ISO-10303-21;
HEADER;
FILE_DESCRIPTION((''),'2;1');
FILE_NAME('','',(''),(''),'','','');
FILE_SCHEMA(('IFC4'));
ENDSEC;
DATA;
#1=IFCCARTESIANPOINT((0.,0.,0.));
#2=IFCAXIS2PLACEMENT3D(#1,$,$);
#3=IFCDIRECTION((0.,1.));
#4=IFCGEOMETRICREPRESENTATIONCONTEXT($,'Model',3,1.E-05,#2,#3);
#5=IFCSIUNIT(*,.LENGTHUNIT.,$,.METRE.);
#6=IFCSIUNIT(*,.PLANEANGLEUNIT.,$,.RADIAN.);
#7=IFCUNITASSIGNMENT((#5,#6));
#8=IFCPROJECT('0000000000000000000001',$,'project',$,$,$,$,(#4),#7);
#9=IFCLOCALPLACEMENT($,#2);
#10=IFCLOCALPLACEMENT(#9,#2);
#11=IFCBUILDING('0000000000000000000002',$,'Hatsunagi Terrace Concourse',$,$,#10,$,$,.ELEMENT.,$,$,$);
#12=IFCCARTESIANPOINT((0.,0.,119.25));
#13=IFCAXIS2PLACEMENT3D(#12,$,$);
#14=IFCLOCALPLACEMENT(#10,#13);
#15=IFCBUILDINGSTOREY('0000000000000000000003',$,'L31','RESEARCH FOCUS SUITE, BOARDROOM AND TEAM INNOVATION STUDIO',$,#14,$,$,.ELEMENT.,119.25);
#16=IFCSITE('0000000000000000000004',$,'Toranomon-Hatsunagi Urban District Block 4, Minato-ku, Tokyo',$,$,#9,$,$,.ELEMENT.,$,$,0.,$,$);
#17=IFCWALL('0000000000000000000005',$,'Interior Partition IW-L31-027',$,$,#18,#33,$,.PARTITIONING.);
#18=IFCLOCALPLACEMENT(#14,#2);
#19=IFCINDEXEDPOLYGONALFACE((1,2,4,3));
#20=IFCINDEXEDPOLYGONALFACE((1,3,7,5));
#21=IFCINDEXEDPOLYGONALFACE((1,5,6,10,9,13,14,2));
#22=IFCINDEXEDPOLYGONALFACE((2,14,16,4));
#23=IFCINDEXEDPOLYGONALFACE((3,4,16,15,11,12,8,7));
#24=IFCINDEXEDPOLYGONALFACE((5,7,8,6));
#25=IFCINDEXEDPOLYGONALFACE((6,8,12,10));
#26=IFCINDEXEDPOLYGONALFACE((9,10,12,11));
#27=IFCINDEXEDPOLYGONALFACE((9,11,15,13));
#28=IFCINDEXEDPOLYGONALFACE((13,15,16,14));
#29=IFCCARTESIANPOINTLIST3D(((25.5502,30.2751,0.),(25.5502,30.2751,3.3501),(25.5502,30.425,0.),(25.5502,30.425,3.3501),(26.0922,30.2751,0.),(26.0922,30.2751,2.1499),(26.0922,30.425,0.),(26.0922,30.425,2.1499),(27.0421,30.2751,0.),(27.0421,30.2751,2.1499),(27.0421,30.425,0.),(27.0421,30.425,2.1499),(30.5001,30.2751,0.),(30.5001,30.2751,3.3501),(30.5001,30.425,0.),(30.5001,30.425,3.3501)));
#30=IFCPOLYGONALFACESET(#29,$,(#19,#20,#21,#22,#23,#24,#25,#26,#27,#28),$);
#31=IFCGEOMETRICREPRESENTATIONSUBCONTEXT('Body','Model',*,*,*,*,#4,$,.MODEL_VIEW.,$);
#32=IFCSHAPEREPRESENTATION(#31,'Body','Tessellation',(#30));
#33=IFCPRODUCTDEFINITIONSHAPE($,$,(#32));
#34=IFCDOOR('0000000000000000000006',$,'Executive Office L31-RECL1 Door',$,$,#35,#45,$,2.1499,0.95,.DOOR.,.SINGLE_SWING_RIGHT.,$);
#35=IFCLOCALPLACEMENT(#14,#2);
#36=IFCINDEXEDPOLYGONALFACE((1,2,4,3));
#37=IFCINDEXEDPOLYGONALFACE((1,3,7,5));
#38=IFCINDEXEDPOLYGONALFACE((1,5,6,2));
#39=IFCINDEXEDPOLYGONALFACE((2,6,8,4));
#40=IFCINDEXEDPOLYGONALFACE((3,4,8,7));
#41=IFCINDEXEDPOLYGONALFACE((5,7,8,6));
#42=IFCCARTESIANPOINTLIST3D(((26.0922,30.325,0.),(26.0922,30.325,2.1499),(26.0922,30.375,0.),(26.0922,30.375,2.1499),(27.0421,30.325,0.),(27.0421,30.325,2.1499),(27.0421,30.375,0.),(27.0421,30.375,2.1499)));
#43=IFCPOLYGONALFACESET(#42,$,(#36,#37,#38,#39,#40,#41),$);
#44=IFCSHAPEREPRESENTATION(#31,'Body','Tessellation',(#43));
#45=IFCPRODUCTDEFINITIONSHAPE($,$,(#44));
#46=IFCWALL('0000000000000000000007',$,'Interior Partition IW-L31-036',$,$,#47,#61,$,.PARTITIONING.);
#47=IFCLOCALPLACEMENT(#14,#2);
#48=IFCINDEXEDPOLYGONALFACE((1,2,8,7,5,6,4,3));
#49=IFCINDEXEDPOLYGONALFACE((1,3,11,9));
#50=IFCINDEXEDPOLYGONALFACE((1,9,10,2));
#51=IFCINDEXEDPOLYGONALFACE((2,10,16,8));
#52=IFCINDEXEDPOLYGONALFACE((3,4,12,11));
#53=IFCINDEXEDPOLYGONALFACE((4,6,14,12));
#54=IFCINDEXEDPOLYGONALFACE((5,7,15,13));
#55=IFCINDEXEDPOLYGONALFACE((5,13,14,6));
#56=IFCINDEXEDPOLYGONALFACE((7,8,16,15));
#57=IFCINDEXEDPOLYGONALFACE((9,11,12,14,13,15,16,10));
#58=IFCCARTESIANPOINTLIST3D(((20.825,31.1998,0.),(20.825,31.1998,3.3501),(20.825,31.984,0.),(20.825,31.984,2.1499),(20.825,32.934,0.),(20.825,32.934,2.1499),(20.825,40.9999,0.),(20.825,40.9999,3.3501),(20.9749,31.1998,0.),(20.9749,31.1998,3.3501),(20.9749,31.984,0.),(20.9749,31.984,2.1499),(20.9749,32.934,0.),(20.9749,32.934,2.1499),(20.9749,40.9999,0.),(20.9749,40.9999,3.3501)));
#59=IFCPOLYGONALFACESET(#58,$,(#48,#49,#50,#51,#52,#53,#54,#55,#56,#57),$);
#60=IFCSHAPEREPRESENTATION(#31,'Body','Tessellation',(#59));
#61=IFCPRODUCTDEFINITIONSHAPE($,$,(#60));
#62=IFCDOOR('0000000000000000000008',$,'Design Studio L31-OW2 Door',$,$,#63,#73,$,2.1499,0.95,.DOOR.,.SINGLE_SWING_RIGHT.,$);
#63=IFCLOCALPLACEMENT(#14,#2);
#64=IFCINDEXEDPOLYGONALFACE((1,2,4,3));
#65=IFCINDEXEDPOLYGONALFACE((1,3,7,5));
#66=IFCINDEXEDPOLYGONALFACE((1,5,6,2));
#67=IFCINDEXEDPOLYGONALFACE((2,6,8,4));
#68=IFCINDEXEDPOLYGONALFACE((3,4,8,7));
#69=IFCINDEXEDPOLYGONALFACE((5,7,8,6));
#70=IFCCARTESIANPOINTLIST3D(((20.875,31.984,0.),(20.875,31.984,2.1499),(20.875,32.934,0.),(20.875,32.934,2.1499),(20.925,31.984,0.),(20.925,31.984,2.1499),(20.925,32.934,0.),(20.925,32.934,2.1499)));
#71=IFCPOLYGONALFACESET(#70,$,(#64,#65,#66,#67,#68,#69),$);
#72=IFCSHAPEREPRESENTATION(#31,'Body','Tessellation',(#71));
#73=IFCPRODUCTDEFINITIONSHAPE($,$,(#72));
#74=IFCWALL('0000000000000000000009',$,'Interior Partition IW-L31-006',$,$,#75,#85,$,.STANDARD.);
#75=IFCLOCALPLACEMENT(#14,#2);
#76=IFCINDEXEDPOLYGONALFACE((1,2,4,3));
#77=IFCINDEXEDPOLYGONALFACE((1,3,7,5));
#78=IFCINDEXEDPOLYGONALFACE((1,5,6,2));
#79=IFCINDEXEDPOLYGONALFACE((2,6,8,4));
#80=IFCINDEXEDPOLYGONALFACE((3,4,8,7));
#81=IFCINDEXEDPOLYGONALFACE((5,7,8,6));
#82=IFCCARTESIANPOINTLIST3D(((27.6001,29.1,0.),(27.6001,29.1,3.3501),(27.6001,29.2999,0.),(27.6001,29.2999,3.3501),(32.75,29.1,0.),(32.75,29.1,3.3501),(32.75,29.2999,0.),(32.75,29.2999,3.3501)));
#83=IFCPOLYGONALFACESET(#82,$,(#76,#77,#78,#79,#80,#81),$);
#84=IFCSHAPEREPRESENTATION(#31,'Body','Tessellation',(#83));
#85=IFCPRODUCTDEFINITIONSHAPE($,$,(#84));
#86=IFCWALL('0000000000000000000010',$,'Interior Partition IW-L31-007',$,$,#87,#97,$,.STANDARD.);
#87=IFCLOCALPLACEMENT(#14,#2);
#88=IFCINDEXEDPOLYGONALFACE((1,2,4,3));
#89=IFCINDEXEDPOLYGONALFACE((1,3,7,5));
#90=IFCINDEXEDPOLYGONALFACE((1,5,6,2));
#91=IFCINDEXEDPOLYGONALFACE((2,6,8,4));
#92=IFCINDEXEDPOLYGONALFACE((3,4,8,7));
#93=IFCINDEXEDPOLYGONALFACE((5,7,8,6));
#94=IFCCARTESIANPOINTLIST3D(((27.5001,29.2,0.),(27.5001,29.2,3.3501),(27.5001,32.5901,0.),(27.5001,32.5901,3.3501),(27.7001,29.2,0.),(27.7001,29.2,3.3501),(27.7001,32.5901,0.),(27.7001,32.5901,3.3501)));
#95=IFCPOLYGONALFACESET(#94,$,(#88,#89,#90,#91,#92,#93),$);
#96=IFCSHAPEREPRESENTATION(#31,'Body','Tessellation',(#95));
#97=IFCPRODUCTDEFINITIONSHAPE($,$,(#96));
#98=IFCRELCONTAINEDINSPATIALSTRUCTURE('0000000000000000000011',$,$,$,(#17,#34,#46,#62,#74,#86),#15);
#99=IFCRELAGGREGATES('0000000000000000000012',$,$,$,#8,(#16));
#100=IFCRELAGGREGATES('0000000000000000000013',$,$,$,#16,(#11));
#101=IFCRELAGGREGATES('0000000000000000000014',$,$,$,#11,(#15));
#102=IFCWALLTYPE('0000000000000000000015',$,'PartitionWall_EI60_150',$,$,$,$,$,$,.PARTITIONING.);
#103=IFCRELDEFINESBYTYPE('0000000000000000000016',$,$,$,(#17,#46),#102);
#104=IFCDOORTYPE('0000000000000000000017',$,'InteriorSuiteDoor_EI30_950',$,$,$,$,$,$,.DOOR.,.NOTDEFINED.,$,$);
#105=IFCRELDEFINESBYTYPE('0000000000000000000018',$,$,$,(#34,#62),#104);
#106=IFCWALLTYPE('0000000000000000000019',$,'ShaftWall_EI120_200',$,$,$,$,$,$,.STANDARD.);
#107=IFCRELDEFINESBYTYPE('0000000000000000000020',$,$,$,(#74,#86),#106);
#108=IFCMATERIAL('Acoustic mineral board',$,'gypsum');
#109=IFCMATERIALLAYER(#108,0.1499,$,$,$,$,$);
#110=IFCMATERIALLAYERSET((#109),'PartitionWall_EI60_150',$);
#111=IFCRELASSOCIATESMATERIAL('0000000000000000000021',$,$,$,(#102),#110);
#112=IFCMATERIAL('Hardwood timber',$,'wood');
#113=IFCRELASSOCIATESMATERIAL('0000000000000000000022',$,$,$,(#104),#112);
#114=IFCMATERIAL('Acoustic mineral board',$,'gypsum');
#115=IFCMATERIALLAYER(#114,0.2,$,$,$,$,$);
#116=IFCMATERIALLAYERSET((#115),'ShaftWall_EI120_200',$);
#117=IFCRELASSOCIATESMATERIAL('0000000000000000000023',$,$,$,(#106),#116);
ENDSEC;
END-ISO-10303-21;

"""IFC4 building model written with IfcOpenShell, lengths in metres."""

from ifc_helpers import new_model, si_unit, direction, frame, frame_2d, origin, place, context, subcontext, project, spatial, rectangle, extrude, material, layer, layer_set, type_object, element, fill, save


model = new_model("IFC4")

# Units and contexts
model_context = context("Model", 3, precision=1e-05, world=origin(), true_north=direction((0.0, 1.0)))
body_context = subcontext(model_context, "Body", "Model", "MODEL_VIEW")
ifc_project = project(units=[si_unit("LENGTHUNIT", "METRE"), si_unit("PLANEANGLEUNIT", "RADIAN")], contexts=[model_context])

# Site, building, storey
site_placement = place(None, origin())
site = spatial("IfcSite", under=ifc_project, at=site_placement, Name="Toranomon-Hatsunagi Urban District Block 4, Minato-ku, Tokyo", CompositionType="ELEMENT", RefElevation=0.0)
building_placement = place(site_placement, origin())
building = spatial("IfcBuilding", under=site, at=building_placement, Name="Hatsunagi Terrace Concourse", CompositionType="ELEMENT")
storey_placement = place(building_placement, frame((0.0, 0.0, 119.25)))
storey = spatial("IfcBuildingStorey", under=building, at=storey_placement, Name="L31", Description="RESEARCH FOCUS SUITE, BOARDROOM AND TEAM INNOVATION STUDIO", CompositionType="ELEMENT", Elevation=119.25)

# Walls, openings, doors
ifc_material_1 = material(Name="Acoustic mineral board", Category="gypsum")
ifc_layer_1 = layer(ifc_material_1, 0.1499)
ifc_layer_set_1 = layer_set([ifc_layer_1], Name="PartitionWall_EI60_150")
wall_type_1 = type_object("IfcWallType", Name="PartitionWall_EI60_150", PredefinedType="PARTITIONING", material=ifc_layer_set_1)
wall_1_placement = place(storey_placement, frame((25.55, 30.3501, 0.0), z_axis=(0.0, 0.0, 1.0), x_axis=(1.0, 0.0, 0.0)))
wall_1 = element("IfcWall", 1, at=wall_1_placement, inside=storey, type_object=wall_type_1, Name="Interior Partition IW-L31-027", PredefinedType="PARTITIONING", context=body_context, shape_type="SweptSolid", body=[
    extrude(rectangle(XDim=4.95, YDim=0.1499, at=frame_2d((2.4751, 0.0))), origin(), (0.0, 0.0, 1.0), 3.3501),
])
opening_1_placement = place(wall_1_placement, frame((0.542, 0.0, 0.0)))
opening_1 = element("IfcOpeningElement", 2, at=opening_1_placement, cuts=wall_1, PredefinedType="OPENING", context=body_context, shape_type="SweptSolid", body=[
    extrude(rectangle(XDim=0.95, YDim=2.1499, at=frame_2d((0.4751, 1.075))), frame((0.0, 0.085, 0.0), z_axis=(0.0, -1.0, 0.0), x_axis=(1.0, 0.0, 0.0)), (0.0, 0.0, 1.0), 0.1699),
])
ifc_material_2 = material(Name="Hardwood timber", Category="wood")
door_type_1 = type_object("IfcDoorType", Name="InteriorSuiteDoor_EI30_950", OperationType="NOTDEFINED", PredefinedType="DOOR", material=ifc_material_2)
door_1_placement = place(opening_1_placement, origin())
door_1 = element("IfcDoor", 3, at=door_1_placement, inside=storey, type_object=door_type_1, Name="Executive Office L31-RECL1 Door", OperationType="SINGLE_SWING_RIGHT", OverallHeight=2.1499, OverallWidth=0.95, PredefinedType="DOOR", context=body_context, shape_type="SweptSolid", body=[
    extrude(rectangle(XDim=0.95, YDim=2.1499, at=frame_2d((0.4751, 1.075))), frame((0.0, 0.0249, 0.0), z_axis=(0.0, -1.0, 0.0), x_axis=(1.0, 0.0, 0.0)), (0.0, 0.0, 1.0), 0.05),
])
fill(opening_1, door_1)
wall_2_placement = place(storey_placement, frame((20.8999, 31.2, 0.0), z_axis=(0.0, 0.0, 1.0), x_axis=(0.0, 1.0, 0.0)))
wall_2 = element("IfcWall", 4, at=wall_2_placement, inside=storey, type_object=wall_type_1, Name="Interior Partition IW-L31-036", PredefinedType="PARTITIONING", context=body_context, shape_type="SweptSolid", body=[
    extrude(rectangle(XDim=9.8, YDim=0.1499, at=frame_2d((4.8999, 0.0))), origin(), (0.0, 0.0, 1.0), 3.3501),
])
opening_2_placement = place(wall_2_placement, frame((0.7839, 0.0, 0.0)))
opening_2 = element("IfcOpeningElement", 5, at=opening_2_placement, cuts=wall_2, PredefinedType="OPENING", context=body_context, shape_type="SweptSolid", body=[
    extrude(rectangle(XDim=0.95, YDim=2.1499, at=frame_2d((0.4751, 1.075))), frame((0.0, 0.085, 0.0), z_axis=(0.0, -1.0, 0.0), x_axis=(1.0, 0.0, 0.0)), (0.0, 0.0, 1.0), 0.1699),
])
door_2_placement = place(opening_2_placement, origin())
door_2 = element("IfcDoor", 6, at=door_2_placement, inside=storey, type_object=door_type_1, Name="Design Studio L31-OW2 Door", OperationType="SINGLE_SWING_RIGHT", OverallHeight=2.1499, OverallWidth=0.95, PredefinedType="DOOR", context=body_context, shape_type="SweptSolid", body=[
    extrude(rectangle(XDim=0.95, YDim=2.1499, at=frame_2d((0.4751, 1.075))), frame((0.0, 0.0249, 0.0), z_axis=(0.0, -1.0, 0.0), x_axis=(1.0, 0.0, 0.0)), (0.0, 0.0, 1.0), 0.05),
])
fill(opening_2, door_2)

# Walls
ifc_material_3 = material(Name="Acoustic mineral board", Category="gypsum")
ifc_layer_2 = layer(ifc_material_3, 0.2)
ifc_layer_set_2 = layer_set([ifc_layer_2], Name="ShaftWall_EI120_200")
wall_type_2 = type_object("IfcWallType", Name="ShaftWall_EI120_200", PredefinedType="STANDARD", material=ifc_layer_set_2)
wall_3_placement = place(storey_placement, frame((27.6001, 29.2, 0.0), z_axis=(0.0, 0.0, 1.0), x_axis=(1.0, 0.0, 0.0)))
element("IfcWall", 7, at=wall_3_placement, inside=storey, type_object=wall_type_2, Name="Interior Partition IW-L31-006", PredefinedType="STANDARD", context=body_context, shape_type="SweptSolid", body=[
    extrude(rectangle(XDim=5.1499, YDim=0.2, at=frame_2d((2.575, 0.0))), origin(), (0.0, 0.0, 1.0), 3.3501),
])
wall_4_placement = place(storey_placement, frame((27.6001, 29.2, 0.0), z_axis=(0.0, 0.0, 1.0), x_axis=(0.0, 1.0, 0.0)))
element("IfcWall", 8, at=wall_4_placement, inside=storey, type_object=wall_type_2, Name="Interior Partition IW-L31-007", PredefinedType="STANDARD", context=body_context, shape_type="SweptSolid", body=[
    extrude(rectangle(XDim=3.3901, YDim=0.2, at=frame_2d((1.6951, 0.0))), origin(), (0.0, 0.0, 1.0), 3.3501),
])

save(model, "model.ifc")
